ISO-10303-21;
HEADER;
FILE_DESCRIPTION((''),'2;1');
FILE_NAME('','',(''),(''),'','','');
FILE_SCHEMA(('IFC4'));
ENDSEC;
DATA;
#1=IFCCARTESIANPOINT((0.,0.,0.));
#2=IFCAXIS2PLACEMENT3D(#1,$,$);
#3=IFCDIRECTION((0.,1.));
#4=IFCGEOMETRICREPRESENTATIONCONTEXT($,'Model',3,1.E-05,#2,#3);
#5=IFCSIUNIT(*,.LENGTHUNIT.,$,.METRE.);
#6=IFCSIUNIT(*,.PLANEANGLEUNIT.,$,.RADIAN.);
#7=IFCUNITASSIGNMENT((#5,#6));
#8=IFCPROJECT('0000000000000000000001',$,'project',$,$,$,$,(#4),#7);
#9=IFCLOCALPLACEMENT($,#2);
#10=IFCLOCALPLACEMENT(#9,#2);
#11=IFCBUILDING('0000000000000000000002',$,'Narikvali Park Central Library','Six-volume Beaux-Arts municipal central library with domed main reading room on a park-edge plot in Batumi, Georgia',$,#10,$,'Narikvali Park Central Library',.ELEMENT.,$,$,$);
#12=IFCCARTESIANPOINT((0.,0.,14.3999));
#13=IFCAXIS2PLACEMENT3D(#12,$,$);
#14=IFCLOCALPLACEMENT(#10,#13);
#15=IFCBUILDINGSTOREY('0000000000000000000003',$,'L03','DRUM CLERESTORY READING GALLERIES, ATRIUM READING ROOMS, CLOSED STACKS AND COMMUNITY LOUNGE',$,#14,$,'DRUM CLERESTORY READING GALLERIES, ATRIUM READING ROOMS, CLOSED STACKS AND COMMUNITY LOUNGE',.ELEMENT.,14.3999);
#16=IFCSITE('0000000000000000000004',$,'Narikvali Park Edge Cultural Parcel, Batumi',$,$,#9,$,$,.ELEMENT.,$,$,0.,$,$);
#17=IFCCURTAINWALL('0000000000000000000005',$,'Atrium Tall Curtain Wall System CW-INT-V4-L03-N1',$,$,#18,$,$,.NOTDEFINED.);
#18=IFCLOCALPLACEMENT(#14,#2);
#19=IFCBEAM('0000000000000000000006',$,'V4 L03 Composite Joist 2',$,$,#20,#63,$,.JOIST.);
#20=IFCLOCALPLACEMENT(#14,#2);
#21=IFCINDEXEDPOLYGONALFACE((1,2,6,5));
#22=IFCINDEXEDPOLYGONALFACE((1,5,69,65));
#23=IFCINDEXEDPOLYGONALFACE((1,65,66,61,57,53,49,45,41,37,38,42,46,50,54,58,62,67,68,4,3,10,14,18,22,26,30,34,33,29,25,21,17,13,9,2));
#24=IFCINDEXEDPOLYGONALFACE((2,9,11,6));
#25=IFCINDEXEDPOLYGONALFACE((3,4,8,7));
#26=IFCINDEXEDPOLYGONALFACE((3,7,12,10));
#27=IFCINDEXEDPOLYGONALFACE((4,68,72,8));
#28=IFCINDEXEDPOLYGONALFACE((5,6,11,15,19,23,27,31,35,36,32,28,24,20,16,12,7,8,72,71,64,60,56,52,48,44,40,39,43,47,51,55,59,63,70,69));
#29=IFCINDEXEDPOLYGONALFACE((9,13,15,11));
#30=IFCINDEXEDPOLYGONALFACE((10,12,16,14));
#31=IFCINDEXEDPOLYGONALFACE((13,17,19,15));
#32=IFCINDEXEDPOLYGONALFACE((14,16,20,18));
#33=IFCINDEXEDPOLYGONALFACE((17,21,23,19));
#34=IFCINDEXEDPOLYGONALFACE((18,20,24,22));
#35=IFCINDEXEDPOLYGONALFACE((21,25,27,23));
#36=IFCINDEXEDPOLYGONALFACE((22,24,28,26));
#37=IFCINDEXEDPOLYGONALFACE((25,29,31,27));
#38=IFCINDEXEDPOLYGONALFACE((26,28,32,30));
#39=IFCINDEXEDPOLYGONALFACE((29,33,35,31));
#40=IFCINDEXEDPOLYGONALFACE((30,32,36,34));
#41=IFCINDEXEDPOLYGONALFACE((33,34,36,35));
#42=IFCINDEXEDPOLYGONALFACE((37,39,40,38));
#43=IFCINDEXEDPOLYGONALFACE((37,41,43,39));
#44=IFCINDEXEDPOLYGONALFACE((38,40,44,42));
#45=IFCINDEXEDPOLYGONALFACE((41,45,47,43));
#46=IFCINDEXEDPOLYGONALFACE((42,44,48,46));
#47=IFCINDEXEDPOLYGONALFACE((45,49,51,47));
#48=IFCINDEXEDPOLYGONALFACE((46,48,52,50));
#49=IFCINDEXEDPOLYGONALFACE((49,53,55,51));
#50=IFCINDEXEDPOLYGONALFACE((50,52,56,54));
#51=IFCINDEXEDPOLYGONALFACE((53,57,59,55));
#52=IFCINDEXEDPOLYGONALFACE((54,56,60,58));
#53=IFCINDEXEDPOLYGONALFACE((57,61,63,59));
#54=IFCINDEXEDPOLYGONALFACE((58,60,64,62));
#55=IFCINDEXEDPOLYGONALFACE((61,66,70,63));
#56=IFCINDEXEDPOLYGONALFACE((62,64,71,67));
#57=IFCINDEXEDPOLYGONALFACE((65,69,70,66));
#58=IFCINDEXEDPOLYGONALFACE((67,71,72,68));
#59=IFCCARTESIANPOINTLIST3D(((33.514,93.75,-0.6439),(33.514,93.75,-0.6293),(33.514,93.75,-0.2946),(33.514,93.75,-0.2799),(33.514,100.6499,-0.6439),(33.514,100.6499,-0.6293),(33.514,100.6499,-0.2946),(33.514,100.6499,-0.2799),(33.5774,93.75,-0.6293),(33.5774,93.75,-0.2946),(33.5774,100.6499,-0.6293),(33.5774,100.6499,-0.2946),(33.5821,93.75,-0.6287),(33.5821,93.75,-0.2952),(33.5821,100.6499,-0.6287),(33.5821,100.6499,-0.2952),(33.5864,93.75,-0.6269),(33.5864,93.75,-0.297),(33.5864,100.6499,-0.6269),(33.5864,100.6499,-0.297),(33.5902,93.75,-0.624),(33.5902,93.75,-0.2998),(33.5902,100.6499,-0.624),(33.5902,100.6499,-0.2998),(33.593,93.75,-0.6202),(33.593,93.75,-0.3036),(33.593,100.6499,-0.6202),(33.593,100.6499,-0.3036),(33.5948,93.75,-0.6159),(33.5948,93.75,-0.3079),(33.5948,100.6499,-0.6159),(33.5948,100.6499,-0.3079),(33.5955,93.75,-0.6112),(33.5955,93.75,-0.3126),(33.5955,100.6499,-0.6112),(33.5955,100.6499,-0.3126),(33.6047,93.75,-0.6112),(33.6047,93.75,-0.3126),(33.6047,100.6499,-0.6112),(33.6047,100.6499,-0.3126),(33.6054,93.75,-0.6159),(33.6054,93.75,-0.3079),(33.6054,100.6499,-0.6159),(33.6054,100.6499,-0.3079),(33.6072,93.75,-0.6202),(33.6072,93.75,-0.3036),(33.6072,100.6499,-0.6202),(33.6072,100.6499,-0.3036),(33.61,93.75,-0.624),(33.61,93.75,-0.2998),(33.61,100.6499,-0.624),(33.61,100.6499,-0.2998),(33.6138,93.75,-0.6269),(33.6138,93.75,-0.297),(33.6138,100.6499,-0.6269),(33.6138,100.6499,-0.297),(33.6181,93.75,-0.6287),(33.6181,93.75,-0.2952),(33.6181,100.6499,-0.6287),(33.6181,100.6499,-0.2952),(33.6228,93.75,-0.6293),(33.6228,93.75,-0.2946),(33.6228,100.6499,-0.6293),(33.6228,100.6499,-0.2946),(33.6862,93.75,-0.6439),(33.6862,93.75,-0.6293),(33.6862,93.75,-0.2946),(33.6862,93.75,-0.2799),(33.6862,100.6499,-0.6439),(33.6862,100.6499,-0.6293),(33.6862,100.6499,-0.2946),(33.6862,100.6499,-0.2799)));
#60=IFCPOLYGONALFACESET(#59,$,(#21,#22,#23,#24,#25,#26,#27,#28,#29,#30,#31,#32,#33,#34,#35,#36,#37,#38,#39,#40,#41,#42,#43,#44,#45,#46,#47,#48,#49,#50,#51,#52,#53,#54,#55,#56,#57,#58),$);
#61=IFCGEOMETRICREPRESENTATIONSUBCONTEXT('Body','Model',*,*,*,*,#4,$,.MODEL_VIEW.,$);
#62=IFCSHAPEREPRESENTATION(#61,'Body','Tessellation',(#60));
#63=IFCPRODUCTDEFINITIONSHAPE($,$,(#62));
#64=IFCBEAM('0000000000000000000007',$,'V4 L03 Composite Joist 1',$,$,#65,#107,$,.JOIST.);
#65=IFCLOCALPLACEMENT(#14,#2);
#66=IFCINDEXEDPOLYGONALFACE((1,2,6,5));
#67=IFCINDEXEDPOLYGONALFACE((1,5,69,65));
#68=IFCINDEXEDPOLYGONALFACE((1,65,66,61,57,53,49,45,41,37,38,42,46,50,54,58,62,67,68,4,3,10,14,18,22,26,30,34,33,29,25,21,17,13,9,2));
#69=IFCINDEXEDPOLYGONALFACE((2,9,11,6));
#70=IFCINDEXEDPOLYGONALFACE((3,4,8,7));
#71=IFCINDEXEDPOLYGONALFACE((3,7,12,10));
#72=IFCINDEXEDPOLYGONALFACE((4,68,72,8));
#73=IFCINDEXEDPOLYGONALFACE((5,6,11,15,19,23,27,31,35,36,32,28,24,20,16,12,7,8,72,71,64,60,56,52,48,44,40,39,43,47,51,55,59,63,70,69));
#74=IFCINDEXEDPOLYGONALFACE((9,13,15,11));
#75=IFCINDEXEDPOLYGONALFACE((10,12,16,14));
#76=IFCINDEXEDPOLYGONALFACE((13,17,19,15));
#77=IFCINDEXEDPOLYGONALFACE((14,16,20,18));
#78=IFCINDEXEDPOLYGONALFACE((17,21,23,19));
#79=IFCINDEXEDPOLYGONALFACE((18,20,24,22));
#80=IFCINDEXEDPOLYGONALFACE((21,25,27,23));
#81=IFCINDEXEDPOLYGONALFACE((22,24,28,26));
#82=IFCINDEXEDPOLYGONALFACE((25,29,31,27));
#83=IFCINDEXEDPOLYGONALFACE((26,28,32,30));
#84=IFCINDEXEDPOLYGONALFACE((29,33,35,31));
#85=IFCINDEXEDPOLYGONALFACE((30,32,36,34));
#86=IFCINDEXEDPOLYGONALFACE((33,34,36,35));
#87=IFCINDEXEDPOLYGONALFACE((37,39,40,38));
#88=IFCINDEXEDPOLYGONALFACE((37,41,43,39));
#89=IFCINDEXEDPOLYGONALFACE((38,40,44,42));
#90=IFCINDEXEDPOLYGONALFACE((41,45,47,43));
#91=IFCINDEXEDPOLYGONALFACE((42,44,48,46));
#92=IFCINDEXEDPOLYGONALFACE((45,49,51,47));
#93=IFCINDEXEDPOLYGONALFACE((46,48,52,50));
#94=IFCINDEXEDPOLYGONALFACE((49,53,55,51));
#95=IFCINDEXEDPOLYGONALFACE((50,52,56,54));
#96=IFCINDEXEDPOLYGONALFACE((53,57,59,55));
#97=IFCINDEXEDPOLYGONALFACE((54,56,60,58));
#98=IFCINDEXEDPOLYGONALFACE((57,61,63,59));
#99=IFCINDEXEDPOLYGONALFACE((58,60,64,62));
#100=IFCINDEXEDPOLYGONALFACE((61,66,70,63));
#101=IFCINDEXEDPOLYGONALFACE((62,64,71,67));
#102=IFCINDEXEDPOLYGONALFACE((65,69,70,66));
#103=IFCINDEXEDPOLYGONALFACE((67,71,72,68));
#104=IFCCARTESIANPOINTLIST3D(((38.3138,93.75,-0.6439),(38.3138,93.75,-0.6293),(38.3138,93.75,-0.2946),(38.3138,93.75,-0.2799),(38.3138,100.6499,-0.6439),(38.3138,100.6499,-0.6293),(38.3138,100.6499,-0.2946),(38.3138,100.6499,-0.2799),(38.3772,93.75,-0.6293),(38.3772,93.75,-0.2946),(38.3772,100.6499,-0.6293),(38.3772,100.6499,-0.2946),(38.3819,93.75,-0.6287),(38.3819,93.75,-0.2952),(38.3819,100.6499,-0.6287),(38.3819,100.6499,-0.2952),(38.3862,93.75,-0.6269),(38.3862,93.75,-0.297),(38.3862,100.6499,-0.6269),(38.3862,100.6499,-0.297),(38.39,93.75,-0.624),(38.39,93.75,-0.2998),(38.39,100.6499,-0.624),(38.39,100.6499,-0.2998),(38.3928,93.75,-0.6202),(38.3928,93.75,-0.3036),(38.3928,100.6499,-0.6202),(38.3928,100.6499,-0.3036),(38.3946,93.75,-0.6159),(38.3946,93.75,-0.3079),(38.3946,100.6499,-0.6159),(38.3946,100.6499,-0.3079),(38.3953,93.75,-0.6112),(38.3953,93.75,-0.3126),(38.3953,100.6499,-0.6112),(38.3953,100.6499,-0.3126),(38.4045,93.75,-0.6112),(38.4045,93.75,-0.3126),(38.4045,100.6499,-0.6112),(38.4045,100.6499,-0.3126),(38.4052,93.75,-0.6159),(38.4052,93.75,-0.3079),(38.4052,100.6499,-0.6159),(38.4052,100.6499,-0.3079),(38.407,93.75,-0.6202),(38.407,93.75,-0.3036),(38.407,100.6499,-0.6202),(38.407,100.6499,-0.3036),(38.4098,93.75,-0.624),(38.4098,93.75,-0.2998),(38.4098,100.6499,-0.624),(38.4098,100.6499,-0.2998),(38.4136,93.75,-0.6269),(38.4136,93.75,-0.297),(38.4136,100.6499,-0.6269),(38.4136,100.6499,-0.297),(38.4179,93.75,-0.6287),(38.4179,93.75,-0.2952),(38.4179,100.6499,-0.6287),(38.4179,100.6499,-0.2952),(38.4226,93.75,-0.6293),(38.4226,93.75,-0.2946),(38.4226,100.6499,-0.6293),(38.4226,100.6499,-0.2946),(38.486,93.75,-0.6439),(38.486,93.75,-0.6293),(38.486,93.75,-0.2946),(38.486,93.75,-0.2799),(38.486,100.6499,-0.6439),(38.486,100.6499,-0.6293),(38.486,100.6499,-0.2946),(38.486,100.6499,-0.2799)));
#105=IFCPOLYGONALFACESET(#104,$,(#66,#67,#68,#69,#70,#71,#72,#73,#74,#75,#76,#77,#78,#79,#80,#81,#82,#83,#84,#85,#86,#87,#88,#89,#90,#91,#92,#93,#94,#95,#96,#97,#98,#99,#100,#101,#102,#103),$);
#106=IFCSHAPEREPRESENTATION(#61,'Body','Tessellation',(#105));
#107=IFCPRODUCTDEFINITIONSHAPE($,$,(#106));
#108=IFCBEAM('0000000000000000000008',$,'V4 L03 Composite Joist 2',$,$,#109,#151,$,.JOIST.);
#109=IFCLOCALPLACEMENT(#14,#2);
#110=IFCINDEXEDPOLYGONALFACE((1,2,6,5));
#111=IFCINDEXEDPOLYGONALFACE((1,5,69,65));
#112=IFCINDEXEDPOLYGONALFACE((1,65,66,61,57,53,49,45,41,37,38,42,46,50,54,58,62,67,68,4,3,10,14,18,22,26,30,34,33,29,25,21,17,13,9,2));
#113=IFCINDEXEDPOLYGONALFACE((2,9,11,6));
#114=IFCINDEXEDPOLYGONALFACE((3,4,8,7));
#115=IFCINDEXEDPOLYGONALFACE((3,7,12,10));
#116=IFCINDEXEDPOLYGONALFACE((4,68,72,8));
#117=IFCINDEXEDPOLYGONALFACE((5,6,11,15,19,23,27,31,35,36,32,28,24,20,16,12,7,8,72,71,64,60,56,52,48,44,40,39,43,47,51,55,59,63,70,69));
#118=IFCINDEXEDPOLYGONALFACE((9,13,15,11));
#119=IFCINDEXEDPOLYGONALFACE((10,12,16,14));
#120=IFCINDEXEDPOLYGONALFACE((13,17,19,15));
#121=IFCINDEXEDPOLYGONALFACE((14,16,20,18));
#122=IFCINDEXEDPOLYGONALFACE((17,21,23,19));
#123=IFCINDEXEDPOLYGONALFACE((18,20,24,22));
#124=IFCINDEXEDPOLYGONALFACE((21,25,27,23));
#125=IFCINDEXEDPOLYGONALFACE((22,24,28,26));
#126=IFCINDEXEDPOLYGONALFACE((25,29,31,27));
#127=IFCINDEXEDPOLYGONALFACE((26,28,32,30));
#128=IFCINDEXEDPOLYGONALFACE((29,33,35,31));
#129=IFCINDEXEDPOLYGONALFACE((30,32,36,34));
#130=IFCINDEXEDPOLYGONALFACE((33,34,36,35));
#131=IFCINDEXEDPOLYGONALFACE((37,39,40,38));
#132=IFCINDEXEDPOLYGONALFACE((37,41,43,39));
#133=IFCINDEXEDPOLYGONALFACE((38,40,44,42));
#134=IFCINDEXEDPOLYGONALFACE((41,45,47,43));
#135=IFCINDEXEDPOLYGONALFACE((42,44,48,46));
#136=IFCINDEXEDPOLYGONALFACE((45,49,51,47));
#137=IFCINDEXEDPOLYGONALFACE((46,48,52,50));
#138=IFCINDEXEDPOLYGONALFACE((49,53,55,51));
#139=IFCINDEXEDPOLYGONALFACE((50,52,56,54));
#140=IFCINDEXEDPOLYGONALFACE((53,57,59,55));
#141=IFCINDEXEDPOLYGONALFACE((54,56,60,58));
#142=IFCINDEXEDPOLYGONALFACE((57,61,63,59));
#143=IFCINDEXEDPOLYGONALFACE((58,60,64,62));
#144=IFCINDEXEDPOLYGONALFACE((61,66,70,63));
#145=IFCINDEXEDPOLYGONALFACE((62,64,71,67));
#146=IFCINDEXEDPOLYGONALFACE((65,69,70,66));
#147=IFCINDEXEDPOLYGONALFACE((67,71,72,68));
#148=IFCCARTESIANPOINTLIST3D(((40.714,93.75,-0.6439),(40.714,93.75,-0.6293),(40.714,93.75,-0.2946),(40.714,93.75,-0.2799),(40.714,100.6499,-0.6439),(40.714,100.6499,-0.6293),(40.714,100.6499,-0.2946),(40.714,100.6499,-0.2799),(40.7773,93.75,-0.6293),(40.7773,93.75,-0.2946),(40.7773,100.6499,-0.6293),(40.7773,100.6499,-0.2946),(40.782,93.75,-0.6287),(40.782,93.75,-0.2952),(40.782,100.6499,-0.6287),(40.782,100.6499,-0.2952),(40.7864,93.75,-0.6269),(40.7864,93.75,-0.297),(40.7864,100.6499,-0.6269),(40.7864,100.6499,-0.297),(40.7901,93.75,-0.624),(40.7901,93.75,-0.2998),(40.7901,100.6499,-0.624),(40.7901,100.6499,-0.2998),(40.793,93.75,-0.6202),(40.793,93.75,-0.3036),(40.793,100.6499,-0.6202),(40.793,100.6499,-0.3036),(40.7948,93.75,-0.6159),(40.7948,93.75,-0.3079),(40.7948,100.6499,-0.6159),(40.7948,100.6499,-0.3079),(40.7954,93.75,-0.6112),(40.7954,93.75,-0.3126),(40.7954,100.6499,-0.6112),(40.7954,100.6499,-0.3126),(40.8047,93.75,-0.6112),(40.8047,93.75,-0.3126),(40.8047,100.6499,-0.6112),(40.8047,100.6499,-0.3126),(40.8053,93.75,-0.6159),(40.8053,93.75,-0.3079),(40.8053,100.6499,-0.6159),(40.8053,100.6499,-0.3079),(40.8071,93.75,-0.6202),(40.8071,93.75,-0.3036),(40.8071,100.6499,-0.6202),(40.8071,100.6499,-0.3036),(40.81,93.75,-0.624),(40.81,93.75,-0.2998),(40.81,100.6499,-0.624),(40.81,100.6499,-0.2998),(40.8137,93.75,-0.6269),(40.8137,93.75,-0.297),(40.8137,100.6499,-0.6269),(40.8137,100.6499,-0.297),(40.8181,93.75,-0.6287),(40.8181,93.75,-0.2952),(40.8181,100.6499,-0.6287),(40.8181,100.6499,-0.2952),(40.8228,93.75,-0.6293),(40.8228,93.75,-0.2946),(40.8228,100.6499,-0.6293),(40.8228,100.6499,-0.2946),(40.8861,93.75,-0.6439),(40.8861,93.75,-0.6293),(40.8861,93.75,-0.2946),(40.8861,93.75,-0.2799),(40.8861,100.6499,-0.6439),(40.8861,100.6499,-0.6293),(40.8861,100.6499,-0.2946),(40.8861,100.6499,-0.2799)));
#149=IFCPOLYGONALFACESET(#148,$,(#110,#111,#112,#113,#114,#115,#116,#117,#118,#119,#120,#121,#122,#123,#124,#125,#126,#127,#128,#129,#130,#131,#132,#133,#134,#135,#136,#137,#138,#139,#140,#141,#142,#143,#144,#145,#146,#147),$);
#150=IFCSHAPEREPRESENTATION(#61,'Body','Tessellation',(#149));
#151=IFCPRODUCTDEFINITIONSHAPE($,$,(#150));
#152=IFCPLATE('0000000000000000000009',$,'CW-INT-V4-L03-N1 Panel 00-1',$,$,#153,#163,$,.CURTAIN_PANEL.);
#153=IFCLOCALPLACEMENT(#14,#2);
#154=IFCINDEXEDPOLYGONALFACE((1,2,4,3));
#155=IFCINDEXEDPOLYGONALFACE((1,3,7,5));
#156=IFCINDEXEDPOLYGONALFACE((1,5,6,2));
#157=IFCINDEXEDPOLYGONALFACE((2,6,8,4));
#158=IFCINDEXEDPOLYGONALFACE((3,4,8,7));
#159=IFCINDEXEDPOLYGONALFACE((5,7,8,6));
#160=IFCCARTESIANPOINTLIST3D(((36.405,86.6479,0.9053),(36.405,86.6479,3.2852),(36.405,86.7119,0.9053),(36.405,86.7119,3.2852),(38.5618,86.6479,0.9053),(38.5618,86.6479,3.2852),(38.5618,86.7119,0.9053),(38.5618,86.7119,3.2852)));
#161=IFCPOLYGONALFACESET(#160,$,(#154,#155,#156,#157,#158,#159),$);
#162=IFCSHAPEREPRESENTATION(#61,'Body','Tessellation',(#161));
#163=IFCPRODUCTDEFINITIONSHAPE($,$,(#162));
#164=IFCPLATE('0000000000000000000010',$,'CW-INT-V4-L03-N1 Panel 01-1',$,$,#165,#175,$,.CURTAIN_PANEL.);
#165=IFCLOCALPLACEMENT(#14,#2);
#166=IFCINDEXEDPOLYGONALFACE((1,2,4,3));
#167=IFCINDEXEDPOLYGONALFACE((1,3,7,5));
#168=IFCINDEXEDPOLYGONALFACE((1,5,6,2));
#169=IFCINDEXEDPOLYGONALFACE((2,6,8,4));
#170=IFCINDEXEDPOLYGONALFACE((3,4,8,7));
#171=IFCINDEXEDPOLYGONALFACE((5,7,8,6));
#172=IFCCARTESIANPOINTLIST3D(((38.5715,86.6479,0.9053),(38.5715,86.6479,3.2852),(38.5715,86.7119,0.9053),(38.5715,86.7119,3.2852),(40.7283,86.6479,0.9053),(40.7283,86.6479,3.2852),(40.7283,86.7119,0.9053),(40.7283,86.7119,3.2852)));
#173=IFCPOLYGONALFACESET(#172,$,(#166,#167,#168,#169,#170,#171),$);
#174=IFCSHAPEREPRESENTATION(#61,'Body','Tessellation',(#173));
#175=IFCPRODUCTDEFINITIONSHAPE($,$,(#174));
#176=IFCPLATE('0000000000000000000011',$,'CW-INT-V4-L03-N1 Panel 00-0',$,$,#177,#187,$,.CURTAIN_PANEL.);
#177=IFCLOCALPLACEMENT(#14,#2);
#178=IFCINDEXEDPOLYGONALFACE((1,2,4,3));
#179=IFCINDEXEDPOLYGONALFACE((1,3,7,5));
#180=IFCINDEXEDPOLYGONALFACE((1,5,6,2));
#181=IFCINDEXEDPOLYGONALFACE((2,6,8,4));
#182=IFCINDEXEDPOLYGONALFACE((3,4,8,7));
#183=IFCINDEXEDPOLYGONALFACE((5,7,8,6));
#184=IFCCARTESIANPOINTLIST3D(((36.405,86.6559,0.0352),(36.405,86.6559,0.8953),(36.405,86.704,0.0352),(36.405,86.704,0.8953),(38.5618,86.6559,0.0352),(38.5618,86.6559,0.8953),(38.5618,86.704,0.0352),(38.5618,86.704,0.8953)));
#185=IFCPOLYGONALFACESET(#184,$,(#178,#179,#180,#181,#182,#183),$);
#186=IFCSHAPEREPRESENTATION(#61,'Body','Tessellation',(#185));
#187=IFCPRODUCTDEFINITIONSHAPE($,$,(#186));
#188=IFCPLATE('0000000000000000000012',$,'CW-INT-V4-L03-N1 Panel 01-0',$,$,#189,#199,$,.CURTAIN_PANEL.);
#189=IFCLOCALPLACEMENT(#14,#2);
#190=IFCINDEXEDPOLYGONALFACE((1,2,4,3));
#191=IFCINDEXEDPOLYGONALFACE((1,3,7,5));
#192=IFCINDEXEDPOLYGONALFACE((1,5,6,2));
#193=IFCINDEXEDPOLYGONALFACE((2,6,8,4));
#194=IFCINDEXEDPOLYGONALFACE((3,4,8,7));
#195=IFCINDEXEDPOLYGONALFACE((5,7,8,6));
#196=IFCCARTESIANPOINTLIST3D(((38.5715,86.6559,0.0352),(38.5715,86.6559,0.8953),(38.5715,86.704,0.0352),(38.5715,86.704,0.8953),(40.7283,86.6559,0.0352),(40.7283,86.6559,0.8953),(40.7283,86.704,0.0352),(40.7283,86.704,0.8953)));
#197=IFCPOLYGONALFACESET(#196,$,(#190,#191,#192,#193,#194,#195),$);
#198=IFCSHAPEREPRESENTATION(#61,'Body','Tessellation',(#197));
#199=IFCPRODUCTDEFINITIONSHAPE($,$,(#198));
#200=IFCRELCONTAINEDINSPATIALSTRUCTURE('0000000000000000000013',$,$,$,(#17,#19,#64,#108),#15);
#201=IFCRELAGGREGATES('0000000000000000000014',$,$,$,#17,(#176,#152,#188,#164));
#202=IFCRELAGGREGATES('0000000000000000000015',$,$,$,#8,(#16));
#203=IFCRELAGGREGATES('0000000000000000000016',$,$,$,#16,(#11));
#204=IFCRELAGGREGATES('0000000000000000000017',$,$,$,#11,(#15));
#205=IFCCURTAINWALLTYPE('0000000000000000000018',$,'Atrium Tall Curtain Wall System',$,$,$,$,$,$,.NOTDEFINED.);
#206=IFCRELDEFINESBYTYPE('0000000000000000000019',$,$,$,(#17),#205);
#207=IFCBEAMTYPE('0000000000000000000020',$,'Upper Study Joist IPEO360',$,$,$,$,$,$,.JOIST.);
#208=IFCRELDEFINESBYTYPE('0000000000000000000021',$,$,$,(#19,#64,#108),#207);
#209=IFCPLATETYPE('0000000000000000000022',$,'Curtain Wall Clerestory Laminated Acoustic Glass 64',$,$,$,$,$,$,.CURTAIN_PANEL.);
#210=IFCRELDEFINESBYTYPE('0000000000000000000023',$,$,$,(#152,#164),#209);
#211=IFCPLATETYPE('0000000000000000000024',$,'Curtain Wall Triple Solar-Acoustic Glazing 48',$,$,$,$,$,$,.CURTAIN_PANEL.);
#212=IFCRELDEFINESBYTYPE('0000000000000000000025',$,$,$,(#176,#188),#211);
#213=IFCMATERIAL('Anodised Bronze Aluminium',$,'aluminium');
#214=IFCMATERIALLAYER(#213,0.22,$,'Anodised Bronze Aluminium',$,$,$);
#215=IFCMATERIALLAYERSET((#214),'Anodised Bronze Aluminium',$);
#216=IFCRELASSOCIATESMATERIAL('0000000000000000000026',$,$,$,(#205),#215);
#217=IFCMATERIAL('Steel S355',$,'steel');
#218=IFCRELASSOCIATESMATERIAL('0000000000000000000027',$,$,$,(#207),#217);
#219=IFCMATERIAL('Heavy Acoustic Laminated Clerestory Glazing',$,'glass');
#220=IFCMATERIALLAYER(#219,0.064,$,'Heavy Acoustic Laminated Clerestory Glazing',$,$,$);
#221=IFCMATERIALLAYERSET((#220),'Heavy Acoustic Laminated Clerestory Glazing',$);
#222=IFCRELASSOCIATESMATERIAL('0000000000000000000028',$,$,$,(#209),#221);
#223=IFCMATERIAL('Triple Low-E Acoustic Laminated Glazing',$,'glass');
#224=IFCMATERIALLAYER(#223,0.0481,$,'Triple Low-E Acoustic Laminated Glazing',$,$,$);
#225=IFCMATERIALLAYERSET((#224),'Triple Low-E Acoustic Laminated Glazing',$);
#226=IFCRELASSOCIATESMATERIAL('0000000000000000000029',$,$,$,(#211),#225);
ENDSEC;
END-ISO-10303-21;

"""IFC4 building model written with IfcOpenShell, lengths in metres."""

from ifc_helpers import new_model, si_unit, direction, frame, origin, origin_2d, place, context, subcontext, project, spatial, rectangle, i_section, extrude, material, layer, layer_set, material_profile, profile_set, type_object, element, aggregate, save


model = new_model("IFC4")

# Units and contexts
model_context = context("Model", 3, precision=1e-05, world=origin(), true_north=direction((0.0, 1.0)))
body_context = subcontext(model_context, "Body", "Model", "MODEL_VIEW")
ifc_project = project(units=[si_unit("LENGTHUNIT", "METRE"), si_unit("PLANEANGLEUNIT", "RADIAN")], contexts=[model_context])

# Site, building, storey
site_placement = place(None, origin())
site = spatial("IfcSite", under=ifc_project, at=site_placement, Name="Narikvali Park Edge Cultural Parcel, Batumi", CompositionType="ELEMENT", RefElevation=0.0)
building_placement = place(site_placement, origin())
building = spatial("IfcBuilding", under=site, at=building_placement, Name="Narikvali Park Central Library", Description="Six-volume Beaux-Arts municipal central library with domed main reading room on a park-edge plot in Batumi, Georgia", LongName="Narikvali Park Central Library", CompositionType="ELEMENT")
storey_placement = place(building_placement, frame((0.0, 0.0, 14.3999)))
storey = spatial("IfcBuildingStorey", under=building, at=storey_placement, Name="L03", Description="DRUM CLERESTORY READING GALLERIES, ATRIUM READING ROOMS, CLOSED STACKS AND COMMUNITY LOUNGE", LongName="DRUM CLERESTORY READING GALLERIES, ATRIUM READING ROOMS, CLOSED STACKS AND COMMUNITY LOUNGE", CompositionType="ELEMENT", Elevation=14.3999)

# Shared definitions
ifc_material_1 = material(Name="Steel S355", Category="steel")

# Curtain wall
ifc_material_2 = material(Name="Anodised Bronze Aluminium", Category="aluminium")
ifc_layer_1 = layer(ifc_material_2, 0.22, Name="Anodised Bronze Aluminium")
ifc_layer_set_1 = layer_set([ifc_layer_1], Name="Anodised Bronze Aluminium")
curtain_wall_type = type_object("IfcCurtainWallType", Name="Atrium Tall Curtain Wall System", PredefinedType="NOTDEFINED", material=ifc_layer_set_1)
curtain_wall_placement = place(storey_placement, origin())
curtain_wall = element("IfcCurtainWall", 1, at=curtain_wall_placement, inside=storey, type_object=curtain_wall_type, Name="Atrium Tall Curtain Wall System CW-INT-V4-L03-N1", PredefinedType="NOTDEFINED")

# Beams
ifc_material_profile_1 = material_profile(ifc_material_1, i_section(OverallWidth=0.1721, OverallDepth=0.364, WebThickness=0.0093, FlangeThickness=0.0146, FilletRadius=0.0181, at=origin_2d()), Name="IPEO 360")
ifc_profile_set_1 = profile_set([ifc_material_profile_1], Name="Steel S355")
beam_type_1 = type_object("IfcBeamType", Name="Upper Study Joist IPEO360", PredefinedType="JOIST", material=ifc_profile_set_1)
for number, where, z_axis, x_axis, name in (
    (2, (33.6001, 93.75, -0.4619), (0.0, 1.0, 0.0), (-1.0, 0.0, 0.0), "V4 L03 Composite Joist 2"),
    (3, (38.3999, 93.75, -0.4619), (0.0, 1.0, 0.0), (-1.0, 0.0, 0.0), "V4 L03 Composite Joist 1"),
    (4, (40.8, 93.75, -0.4619), (0.0, 1.0, 0.0), (-1.0, 0.0, 0.0), "V4 L03 Composite Joist 2"),
):
    element("IfcBeam", number, at=place(storey_placement, frame(where, z_axis=z_axis, x_axis=x_axis)), inside=storey, type_object=beam_type_1, Name=name, PredefinedType="JOIST", context=body_context, shape_type="SweptSolid", body=[
        extrude(i_section(OverallWidth=0.1721, OverallDepth=0.364, WebThickness=0.0093, FlangeThickness=0.0146, FilletRadius=0.0181, at=origin_2d()), origin(), (0.0, 0.0, 1.0), 6.8999),
    ])

# Plates
ifc_material_3 = material(Name="Heavy Acoustic Laminated Clerestory Glazing", Category="glass")
ifc_layer_2 = layer(ifc_material_3, 0.064, Name="Heavy Acoustic Laminated Clerestory Glazing")
ifc_layer_set_2 = layer_set([ifc_layer_2], Name="Heavy Acoustic Laminated Clerestory Glazing")
plate_type_1 = type_object("IfcPlateType", Name="Curtain Wall Clerestory Laminated Acoustic Glass 64", PredefinedType="CURTAIN_PANEL", material=ifc_layer_set_2)
plate_1_placement = place(storey_placement, frame((37.4834, 86.6799, 0.9053), z_axis=(0.0, 0.0, 1.0), x_axis=(1.0, 0.0, 0.0)))
plate_1 = element("IfcPlate", 5, at=plate_1_placement, type_object=plate_type_1, Name="CW-INT-V4-L03-N1 Panel 00-1", PredefinedType="CURTAIN_PANEL", context=body_context, shape_type="SweptSolid", body=[
    extrude(rectangle(XDim=2.1567, YDim=0.064, at=origin_2d()), origin(), (0.0, 0.0, 1.0), 2.3799),
])
plate_2_placement = place(storey_placement, frame((39.6499, 86.6799, 0.9053), z_axis=(0.0, 0.0, 1.0), x_axis=(1.0, 0.0, 0.0)))
plate_2 = element("IfcPlate", 6, at=plate_2_placement, type_object=plate_type_1, Name="CW-INT-V4-L03-N1 Panel 01-1", PredefinedType="CURTAIN_PANEL", context=body_context, shape_type="SweptSolid", body=[
    extrude(rectangle(XDim=2.1567, YDim=0.064, at=origin_2d()), origin(), (0.0, 0.0, 1.0), 2.3799),
])
ifc_material_4 = material(Name="Triple Low-E Acoustic Laminated Glazing", Category="glass")
ifc_layer_3 = layer(ifc_material_4, 0.0481, Name="Triple Low-E Acoustic Laminated Glazing")
ifc_layer_set_3 = layer_set([ifc_layer_3], Name="Triple Low-E Acoustic Laminated Glazing")
plate_type_2 = type_object("IfcPlateType", Name="Curtain Wall Triple Solar-Acoustic Glazing 48", PredefinedType="CURTAIN_PANEL", material=ifc_layer_set_3)
plate_3_placement = place(storey_placement, frame((37.4834, 86.6799, 0.0352), z_axis=(0.0, 0.0, 1.0), x_axis=(1.0, 0.0, 0.0)))
plate_3 = element("IfcPlate", 7, at=plate_3_placement, type_object=plate_type_2, Name="CW-INT-V4-L03-N1 Panel 00-0", PredefinedType="CURTAIN_PANEL", context=body_context, shape_type="SweptSolid", body=[
    extrude(rectangle(XDim=2.1567, YDim=0.0481, at=origin_2d()), origin(), (0.0, 0.0, 1.0), 0.8601),
])
plate_4_placement = place(storey_placement, frame((39.6499, 86.6799, 0.0352), z_axis=(0.0, 0.0, 1.0), x_axis=(1.0, 0.0, 0.0)))
plate_4 = element("IfcPlate", 8, at=plate_4_placement, type_object=plate_type_2, Name="CW-INT-V4-L03-N1 Panel 01-0", PredefinedType="CURTAIN_PANEL", context=body_context, shape_type="SweptSolid", body=[
    extrude(rectangle(XDim=2.1567, YDim=0.0481, at=origin_2d()), origin(), (0.0, 0.0, 1.0), 0.8601),
])
aggregate(curtain_wall, [plate_3, plate_1, plate_4, plate_2])

save(model, "model.ifc")
